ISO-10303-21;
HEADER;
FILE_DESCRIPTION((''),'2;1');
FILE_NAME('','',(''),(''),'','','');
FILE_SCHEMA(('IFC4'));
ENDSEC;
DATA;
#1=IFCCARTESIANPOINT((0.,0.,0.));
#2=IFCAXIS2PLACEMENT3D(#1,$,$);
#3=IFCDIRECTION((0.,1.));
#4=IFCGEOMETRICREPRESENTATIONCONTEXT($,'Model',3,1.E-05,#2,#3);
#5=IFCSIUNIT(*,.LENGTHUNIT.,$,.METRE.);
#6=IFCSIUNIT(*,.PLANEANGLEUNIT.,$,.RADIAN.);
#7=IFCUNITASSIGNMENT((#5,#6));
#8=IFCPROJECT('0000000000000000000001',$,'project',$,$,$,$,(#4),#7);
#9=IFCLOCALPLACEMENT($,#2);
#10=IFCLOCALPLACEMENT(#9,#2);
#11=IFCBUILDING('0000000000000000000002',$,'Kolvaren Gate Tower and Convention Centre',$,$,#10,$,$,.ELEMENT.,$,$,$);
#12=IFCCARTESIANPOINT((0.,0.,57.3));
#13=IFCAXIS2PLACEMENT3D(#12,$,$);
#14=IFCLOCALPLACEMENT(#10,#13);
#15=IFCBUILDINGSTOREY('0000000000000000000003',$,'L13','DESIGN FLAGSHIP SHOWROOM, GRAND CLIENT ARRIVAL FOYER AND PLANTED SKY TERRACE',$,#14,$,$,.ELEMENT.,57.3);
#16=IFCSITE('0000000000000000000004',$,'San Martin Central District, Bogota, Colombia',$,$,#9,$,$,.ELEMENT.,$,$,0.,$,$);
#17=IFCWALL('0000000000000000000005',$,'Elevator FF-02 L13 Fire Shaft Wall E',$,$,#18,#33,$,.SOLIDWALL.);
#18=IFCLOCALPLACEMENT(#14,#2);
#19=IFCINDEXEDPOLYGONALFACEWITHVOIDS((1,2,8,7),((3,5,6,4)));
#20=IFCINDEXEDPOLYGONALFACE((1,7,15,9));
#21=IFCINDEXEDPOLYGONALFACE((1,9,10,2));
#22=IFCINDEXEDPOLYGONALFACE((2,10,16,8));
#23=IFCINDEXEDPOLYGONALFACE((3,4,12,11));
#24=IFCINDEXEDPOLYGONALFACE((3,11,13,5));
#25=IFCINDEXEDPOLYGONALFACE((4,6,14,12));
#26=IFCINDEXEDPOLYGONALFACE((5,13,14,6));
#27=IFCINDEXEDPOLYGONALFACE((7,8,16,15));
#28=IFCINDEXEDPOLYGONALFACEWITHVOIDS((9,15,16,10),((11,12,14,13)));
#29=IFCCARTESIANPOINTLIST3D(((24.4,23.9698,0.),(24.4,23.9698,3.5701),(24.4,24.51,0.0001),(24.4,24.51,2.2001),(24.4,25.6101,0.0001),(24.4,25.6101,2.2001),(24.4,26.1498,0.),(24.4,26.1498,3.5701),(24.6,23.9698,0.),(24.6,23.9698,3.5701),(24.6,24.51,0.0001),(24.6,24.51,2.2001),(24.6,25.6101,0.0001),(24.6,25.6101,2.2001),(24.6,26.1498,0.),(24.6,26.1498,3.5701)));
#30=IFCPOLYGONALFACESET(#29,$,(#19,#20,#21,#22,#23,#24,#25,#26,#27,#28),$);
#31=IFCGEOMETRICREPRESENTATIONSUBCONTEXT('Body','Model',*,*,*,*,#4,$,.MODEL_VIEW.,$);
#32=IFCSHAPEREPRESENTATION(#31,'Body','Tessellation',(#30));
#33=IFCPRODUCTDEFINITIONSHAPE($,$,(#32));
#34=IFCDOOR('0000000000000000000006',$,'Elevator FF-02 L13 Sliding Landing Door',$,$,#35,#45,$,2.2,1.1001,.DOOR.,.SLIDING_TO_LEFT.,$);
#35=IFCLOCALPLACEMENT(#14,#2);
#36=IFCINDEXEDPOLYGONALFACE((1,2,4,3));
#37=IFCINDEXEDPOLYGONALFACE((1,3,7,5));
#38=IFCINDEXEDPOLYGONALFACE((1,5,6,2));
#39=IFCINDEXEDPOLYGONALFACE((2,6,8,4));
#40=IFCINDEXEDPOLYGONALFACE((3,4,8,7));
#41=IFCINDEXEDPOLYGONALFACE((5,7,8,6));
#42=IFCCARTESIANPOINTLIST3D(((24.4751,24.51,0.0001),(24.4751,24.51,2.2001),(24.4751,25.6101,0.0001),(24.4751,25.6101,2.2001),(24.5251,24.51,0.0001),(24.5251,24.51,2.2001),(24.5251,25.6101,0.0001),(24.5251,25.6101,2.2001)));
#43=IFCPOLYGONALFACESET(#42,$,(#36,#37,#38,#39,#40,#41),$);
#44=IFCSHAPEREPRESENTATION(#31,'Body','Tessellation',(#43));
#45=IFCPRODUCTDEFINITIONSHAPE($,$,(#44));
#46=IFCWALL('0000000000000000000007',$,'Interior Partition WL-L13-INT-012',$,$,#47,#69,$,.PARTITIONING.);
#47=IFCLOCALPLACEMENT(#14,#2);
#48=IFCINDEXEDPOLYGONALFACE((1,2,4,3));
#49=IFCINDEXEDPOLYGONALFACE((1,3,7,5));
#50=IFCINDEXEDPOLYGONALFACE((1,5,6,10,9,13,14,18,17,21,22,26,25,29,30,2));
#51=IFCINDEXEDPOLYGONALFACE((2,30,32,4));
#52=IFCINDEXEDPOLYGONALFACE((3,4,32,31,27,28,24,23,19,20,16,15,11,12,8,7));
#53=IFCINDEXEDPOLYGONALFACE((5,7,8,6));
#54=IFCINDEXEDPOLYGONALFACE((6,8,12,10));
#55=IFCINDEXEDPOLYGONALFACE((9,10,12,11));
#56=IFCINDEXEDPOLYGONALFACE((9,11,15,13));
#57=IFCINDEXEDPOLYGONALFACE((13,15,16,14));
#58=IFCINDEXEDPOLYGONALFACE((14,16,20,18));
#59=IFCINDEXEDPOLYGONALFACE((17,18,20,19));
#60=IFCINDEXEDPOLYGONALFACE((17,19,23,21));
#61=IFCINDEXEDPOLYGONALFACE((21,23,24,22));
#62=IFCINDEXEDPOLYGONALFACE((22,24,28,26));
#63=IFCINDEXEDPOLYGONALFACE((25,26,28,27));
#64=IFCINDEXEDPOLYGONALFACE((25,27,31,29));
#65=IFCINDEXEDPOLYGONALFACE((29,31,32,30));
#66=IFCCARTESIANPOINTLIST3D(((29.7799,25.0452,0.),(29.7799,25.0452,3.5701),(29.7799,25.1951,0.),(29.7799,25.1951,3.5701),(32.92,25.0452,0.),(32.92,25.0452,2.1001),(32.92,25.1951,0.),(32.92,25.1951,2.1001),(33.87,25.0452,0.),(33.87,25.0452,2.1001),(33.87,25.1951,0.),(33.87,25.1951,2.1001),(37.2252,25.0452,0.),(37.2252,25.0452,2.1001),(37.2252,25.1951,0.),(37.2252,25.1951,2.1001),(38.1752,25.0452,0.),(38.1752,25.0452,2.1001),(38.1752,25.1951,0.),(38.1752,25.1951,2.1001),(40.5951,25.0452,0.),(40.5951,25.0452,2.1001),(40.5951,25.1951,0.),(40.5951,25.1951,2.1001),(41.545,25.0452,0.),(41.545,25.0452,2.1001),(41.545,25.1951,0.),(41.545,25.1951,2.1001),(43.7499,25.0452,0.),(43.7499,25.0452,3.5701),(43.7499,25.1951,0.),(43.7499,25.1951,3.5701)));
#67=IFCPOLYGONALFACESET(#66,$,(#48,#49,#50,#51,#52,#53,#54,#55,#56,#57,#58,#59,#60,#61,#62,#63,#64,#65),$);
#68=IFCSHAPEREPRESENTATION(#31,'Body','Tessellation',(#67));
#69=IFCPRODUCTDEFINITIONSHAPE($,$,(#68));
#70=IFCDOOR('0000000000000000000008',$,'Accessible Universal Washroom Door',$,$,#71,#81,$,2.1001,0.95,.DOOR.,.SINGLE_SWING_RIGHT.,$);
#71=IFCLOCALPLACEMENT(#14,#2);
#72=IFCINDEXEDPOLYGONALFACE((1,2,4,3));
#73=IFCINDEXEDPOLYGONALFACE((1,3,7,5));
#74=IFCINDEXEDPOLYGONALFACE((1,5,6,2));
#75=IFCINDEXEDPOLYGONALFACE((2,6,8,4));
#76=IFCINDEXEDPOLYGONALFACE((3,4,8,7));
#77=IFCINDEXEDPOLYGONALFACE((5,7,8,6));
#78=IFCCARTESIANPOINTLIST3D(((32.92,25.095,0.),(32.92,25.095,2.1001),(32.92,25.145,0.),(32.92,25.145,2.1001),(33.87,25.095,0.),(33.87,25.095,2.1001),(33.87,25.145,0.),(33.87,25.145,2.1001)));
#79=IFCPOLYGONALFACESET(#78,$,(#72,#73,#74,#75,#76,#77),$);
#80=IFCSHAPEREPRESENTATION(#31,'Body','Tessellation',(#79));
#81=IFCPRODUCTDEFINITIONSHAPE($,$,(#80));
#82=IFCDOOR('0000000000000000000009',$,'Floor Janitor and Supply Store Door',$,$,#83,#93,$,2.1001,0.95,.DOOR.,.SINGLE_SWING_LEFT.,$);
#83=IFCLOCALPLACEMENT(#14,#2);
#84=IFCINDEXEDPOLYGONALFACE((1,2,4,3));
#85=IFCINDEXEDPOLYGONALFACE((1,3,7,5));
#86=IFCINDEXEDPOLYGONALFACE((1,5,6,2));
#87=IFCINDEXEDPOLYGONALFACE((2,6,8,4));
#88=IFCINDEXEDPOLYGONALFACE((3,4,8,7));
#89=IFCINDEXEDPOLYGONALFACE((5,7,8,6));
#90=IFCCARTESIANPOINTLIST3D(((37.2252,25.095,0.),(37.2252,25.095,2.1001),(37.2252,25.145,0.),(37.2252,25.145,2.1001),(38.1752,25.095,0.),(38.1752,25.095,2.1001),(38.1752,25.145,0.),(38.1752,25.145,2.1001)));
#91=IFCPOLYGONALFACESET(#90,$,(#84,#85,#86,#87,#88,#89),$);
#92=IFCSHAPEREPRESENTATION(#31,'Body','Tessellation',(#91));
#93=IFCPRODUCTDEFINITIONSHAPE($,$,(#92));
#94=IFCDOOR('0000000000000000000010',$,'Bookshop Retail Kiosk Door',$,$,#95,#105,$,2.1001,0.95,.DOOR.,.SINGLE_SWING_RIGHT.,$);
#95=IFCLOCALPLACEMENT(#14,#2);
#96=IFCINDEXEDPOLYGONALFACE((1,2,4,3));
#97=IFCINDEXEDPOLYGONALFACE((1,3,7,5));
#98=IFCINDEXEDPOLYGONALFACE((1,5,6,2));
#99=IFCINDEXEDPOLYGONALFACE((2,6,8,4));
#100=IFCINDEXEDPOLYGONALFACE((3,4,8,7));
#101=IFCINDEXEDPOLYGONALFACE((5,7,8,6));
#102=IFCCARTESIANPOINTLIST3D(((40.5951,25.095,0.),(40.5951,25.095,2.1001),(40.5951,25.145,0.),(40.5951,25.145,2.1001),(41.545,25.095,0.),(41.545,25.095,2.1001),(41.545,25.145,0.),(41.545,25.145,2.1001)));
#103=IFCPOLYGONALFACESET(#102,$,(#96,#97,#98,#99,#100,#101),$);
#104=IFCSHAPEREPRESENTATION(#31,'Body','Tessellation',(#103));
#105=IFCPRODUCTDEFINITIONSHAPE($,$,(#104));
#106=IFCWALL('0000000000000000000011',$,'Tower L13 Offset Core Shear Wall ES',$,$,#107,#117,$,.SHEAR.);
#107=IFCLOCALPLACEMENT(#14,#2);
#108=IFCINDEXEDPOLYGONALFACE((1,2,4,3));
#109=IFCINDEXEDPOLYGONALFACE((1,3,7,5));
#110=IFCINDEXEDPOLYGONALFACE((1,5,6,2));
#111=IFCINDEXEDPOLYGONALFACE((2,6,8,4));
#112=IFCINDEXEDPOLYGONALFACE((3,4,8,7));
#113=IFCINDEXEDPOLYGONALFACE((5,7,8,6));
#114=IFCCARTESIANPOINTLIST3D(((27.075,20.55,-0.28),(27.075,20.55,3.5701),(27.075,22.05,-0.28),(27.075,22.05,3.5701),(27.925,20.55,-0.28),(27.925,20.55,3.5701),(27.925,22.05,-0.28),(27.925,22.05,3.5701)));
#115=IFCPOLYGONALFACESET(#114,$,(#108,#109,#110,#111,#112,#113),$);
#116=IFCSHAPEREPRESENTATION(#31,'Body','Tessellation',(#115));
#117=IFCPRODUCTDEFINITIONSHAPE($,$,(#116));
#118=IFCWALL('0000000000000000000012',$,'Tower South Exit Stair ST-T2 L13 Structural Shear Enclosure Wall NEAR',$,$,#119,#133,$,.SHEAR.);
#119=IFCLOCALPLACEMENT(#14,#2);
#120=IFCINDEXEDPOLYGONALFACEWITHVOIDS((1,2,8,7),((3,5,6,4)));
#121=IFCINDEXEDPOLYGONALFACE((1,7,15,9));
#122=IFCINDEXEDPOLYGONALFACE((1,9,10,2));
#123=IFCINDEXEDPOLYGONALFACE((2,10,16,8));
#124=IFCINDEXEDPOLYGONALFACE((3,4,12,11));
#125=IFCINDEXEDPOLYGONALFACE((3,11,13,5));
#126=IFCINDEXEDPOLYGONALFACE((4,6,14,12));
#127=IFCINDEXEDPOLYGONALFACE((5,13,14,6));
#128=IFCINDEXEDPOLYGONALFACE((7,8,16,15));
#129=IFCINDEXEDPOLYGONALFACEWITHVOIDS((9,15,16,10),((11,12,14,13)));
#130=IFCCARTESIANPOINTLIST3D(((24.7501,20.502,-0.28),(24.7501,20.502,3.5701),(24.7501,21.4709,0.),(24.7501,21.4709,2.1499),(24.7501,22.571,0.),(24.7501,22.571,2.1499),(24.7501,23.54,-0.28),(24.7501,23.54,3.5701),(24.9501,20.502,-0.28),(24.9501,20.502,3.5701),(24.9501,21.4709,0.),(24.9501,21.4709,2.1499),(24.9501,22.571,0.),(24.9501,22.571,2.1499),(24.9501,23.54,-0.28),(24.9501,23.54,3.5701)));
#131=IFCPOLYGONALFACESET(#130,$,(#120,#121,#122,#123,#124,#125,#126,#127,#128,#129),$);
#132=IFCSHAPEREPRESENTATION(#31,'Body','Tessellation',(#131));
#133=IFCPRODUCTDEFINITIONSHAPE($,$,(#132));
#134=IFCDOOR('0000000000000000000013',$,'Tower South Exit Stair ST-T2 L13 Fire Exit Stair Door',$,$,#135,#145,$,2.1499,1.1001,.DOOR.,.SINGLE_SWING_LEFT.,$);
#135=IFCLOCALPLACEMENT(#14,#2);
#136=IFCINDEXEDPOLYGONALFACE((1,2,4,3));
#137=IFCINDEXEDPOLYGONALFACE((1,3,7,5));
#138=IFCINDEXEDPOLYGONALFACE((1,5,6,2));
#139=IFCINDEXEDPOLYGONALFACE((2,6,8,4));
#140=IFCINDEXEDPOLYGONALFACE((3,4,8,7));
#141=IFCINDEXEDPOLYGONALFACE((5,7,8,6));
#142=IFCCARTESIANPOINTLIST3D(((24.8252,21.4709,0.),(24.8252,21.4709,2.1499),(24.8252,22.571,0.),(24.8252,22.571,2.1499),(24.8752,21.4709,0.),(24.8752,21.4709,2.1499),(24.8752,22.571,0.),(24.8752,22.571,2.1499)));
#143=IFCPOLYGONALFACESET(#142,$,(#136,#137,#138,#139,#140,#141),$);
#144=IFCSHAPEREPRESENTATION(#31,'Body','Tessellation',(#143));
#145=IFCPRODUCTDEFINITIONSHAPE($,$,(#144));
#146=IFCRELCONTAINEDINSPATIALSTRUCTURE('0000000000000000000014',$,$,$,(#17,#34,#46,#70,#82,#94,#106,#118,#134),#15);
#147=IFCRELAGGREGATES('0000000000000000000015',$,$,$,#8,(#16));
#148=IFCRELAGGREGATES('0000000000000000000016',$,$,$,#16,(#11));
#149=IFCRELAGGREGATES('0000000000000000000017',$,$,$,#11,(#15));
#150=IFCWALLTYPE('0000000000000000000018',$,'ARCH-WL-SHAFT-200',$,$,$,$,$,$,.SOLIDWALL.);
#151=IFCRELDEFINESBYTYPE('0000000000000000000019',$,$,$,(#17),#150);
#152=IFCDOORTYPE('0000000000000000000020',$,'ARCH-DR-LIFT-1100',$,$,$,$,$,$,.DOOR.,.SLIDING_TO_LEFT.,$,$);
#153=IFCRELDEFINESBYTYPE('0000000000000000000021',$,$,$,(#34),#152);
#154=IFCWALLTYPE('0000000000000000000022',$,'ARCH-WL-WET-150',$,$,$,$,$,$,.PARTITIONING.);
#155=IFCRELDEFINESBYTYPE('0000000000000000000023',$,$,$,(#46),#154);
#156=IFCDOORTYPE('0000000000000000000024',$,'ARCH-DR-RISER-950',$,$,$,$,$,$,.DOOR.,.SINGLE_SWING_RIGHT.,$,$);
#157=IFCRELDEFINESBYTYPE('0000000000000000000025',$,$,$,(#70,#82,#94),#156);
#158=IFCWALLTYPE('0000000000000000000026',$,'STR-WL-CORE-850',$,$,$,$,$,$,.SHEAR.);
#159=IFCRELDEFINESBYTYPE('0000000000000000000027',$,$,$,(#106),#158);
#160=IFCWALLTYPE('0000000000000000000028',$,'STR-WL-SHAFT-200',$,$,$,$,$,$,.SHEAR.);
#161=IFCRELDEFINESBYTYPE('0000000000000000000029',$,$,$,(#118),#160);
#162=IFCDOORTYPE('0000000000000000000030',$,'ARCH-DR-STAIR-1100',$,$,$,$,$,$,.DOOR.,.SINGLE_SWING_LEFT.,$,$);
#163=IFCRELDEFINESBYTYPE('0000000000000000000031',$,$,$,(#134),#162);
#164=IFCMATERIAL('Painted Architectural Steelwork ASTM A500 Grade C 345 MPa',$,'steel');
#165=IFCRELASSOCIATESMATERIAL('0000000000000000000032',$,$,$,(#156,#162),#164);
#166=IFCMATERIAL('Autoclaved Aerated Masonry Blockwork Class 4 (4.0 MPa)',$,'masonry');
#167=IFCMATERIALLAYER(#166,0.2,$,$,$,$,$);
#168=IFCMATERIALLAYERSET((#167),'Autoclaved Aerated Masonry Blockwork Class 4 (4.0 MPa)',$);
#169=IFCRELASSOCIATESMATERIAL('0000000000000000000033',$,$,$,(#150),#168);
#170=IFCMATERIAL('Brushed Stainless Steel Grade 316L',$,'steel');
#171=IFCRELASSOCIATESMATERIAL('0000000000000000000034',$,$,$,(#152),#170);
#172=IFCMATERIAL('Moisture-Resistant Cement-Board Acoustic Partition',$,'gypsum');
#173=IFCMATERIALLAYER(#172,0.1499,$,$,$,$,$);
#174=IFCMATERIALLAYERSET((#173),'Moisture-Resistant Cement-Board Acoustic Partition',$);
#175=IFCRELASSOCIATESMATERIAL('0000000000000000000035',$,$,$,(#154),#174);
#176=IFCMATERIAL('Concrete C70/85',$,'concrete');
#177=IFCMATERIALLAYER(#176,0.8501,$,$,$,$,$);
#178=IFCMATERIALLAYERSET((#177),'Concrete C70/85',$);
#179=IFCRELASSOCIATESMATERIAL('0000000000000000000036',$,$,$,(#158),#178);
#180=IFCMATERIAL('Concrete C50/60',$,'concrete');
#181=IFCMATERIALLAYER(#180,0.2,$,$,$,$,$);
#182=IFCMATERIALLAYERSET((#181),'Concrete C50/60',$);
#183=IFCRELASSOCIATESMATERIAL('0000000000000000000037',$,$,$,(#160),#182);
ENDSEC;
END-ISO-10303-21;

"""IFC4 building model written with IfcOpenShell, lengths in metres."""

from ifc_helpers import new_model, si_unit, direction, frame, frame_2d, origin, place, context, subcontext, project, spatial, rectangle, extrude, material, layer, layer_set, type_object, element, fill, save


model = new_model("IFC4")

# Units and contexts
model_context = context("Model", 3, precision=1e-05, world=origin(), true_north=direction((0.0, 1.0)))
body_context = subcontext(model_context, "Body", "Model", "MODEL_VIEW")
ifc_project = project(units=[si_unit("LENGTHUNIT", "METRE"), si_unit("PLANEANGLEUNIT", "RADIAN")], contexts=[model_context])

# Site, building, storey
site_placement = place(None, origin())
site = spatial("IfcSite", under=ifc_project, at=site_placement, Name="San Martin Central District, Bogota, Colombia", CompositionType="ELEMENT", RefElevation=0.0)
building_placement = place(site_placement, origin())
building = spatial("IfcBuilding", under=site, at=building_placement, Name="Kolvaren Gate Tower and Convention Centre", CompositionType="ELEMENT")
storey_placement = place(building_placement, frame((0.0, 0.0, 57.3)))
storey = spatial("IfcBuildingStorey", under=building, at=storey_placement, Name="L13", Description="DESIGN FLAGSHIP SHOWROOM, GRAND CLIENT ARRIVAL FOYER AND PLANTED SKY TERRACE", CompositionType="ELEMENT", Elevation=57.3)

# Shared definitions
ifc_material_1 = material(Name="Autoclaved Aerated Masonry Blockwork Class 4 (4.0 MPa)", Category="masonry")

# Shared definitions
ifc_material_2 = material(Name="Painted Architectural Steelwork ASTM A500 Grade C 345 MPa", Category="steel")
door_type_1 = type_object("IfcDoorType", Name="ARCH-DR-RISER-950", OperationType="SINGLE_SWING_RIGHT", PredefinedType="DOOR", material=ifc_material_2)

# Shared definitions
ifc_layer_1 = layer(ifc_material_1, 0.2)
ifc_layer_set_1 = layer_set([ifc_layer_1], Name="Autoclaved Aerated Masonry Blockwork Class 4 (4.0 MPa)")
wall_type_1 = type_object("IfcWallType", Name="ARCH-WL-SHAFT-200", PredefinedType="SOLIDWALL", material=ifc_layer_set_1)

# Wall, opening, door
wall_1_placement = place(storey_placement, frame((24.5, 23.97, 0.0), z_axis=(0.0, 0.0, 1.0), x_axis=(0.0, 1.0, 0.0)))
wall_1 = element("IfcWall", 1, at=wall_1_placement, inside=storey, type_object=wall_type_1, Name="Elevator FF-02 L13 Fire Shaft Wall E", PredefinedType="SOLIDWALL", context=body_context, shape_type="SweptSolid", body=[
    extrude(rectangle(XDim=2.1799, YDim=0.2, at=frame_2d((1.0898, 0.0))), origin(), (0.0, 0.0, 1.0), 3.5701),
])
opening_1_placement = place(wall_1_placement, frame((0.54, 0.0, 0.0)))
opening_1 = element("IfcOpeningElement", 2, at=opening_1_placement, cuts=wall_1, PredefinedType="OPENING", context=body_context, shape_type="SweptSolid", body=[
    extrude(rectangle(XDim=1.1001, YDim=2.2, at=frame_2d((0.55, 1.1001))), frame((0.0, 0.1099, 0.0), z_axis=(0.0, -1.0, 0.0), x_axis=(1.0, 0.0, 0.0)), (0.0, 0.0, 1.0), 0.22),
])
ifc_material_3 = material(Name="Brushed Stainless Steel Grade 316L", Category="steel")
door_type_2 = type_object("IfcDoorType", Name="ARCH-DR-LIFT-1100", OperationType="SLIDING_TO_LEFT", PredefinedType="DOOR", material=ifc_material_3)
door_1_placement = place(opening_1_placement, origin())
door_1 = element("IfcDoor", 3, at=door_1_placement, inside=storey, type_object=door_type_2, Name="Elevator FF-02 L13 Sliding Landing Door", OperationType="SLIDING_TO_LEFT", OverallHeight=2.2, OverallWidth=1.1001, PredefinedType="DOOR", context=body_context, shape_type="SweptSolid", body=[
    extrude(rectangle(XDim=1.1001, YDim=2.2, at=frame_2d((0.55, 1.1001))), frame((0.0, 0.0249, 0.0), z_axis=(0.0, -1.0, 0.0), x_axis=(1.0, 0.0, 0.0)), (0.0, 0.0, 1.0), 0.05),
])
fill(opening_1, door_1)

# Wall, openings, doors
ifc_material_4 = material(Name="Moisture-Resistant Cement-Board Acoustic Partition", Category="gypsum")
ifc_layer_2 = layer(ifc_material_4, 0.1499)
ifc_layer_set_2 = layer_set([ifc_layer_2], Name="Moisture-Resistant Cement-Board Acoustic Partition")
wall_type_2 = type_object("IfcWallType", Name="ARCH-WL-WET-150", PredefinedType="PARTITIONING", material=ifc_layer_set_2)
wall_2_placement = place(storey_placement, frame((29.78, 25.1201, 0.0), z_axis=(0.0, 0.0, 1.0), x_axis=(1.0, 0.0, 0.0)))
wall_2 = element("IfcWall", 4, at=wall_2_placement, inside=storey, type_object=wall_type_2, Name="Interior Partition WL-L13-INT-012", PredefinedType="PARTITIONING", context=body_context, shape_type="SweptSolid", body=[
    extrude(rectangle(XDim=13.97, YDim=0.1499, at=frame_2d((6.9849, 0.0))), origin(), (0.0, 0.0, 1.0), 3.5701),
])
opening_2_placement = place(wall_2_placement, frame((3.1399, 0.0, 0.0)))
opening_2 = element("IfcOpeningElement", 5, at=opening_2_placement, cuts=wall_2, PredefinedType="OPENING", context=body_context, shape_type="SweptSolid", body=[
    extrude(rectangle(XDim=0.95, YDim=2.1001, at=frame_2d((0.4751, 1.05))), frame((0.0, 0.085, 0.0), z_axis=(0.0, -1.0, 0.0), x_axis=(1.0, 0.0, 0.0)), (0.0, 0.0, 1.0), 0.1699),
])
opening_3_placement = place(wall_2_placement, frame((7.4451, 0.0, 0.0)))
opening_3 = element("IfcOpeningElement", 6, at=opening_3_placement, cuts=wall_2, PredefinedType="OPENING", context=body_context, shape_type="SweptSolid", body=[
    extrude(rectangle(XDim=0.95, YDim=2.1001, at=frame_2d((0.4751, 1.05))), frame((0.0, 0.085, 0.0), z_axis=(0.0, -1.0, 0.0), x_axis=(1.0, 0.0, 0.0)), (0.0, 0.0, 1.0), 0.1699),
])
opening_4_placement = place(wall_2_placement, frame((10.8149, 0.0, 0.0)))
opening_4 = element("IfcOpeningElement", 7, at=opening_4_placement, cuts=wall_2, PredefinedType="OPENING", context=body_context, shape_type="SweptSolid", body=[
    extrude(rectangle(XDim=0.95, YDim=2.1001, at=frame_2d((0.4751, 1.05))), frame((0.0, 0.085, 0.0), z_axis=(0.0, -1.0, 0.0), x_axis=(1.0, 0.0, 0.0)), (0.0, 0.0, 1.0), 0.1699),
])
door_2_placement = place(opening_2_placement, origin())
door_2 = element("IfcDoor", 8, at=door_2_placement, inside=storey, type_object=door_type_1, Name="Accessible Universal Washroom Door", OperationType="SINGLE_SWING_RIGHT", OverallHeight=2.1001, OverallWidth=0.95, PredefinedType="DOOR", context=body_context, shape_type="SweptSolid", body=[
    extrude(rectangle(XDim=0.95, YDim=2.1001, at=frame_2d((0.4751, 1.05))), frame((0.0, 0.0249, 0.0), z_axis=(0.0, -1.0, 0.0), x_axis=(1.0, 0.0, 0.0)), (0.0, 0.0, 1.0), 0.05),
])
fill(opening_2, door_2)
door_3_placement = place(opening_3_placement, origin())
door_3 = element("IfcDoor", 9, at=door_3_placement, inside=storey, type_object=door_type_1, Name="Floor Janitor and Supply Store Door", OperationType="SINGLE_SWING_LEFT", OverallHeight=2.1001, OverallWidth=0.95, PredefinedType="DOOR", context=body_context, shape_type="SweptSolid", body=[
    extrude(rectangle(XDim=0.95, YDim=2.1001, at=frame_2d((0.4751, 1.05))), frame((0.0, 0.0249, 0.0), z_axis=(0.0, -1.0, 0.0), x_axis=(1.0, 0.0, 0.0)), (0.0, 0.0, 1.0), 0.05),
])
fill(opening_3, door_3)
door_4_placement = place(opening_4_placement, origin())
door_4 = element("IfcDoor", 10, at=door_4_placement, inside=storey, type_object=door_type_1, Name="Bookshop Retail Kiosk Door", OperationType="SINGLE_SWING_RIGHT", OverallHeight=2.1001, OverallWidth=0.95, PredefinedType="DOOR", context=body_context, shape_type="SweptSolid", body=[
    extrude(rectangle(XDim=0.95, YDim=2.1001, at=frame_2d((0.4751, 1.05))), frame((0.0, 0.0249, 0.0), z_axis=(0.0, -1.0, 0.0), x_axis=(1.0, 0.0, 0.0)), (0.0, 0.0, 1.0), 0.05),
])
fill(opening_4, door_4)

# Wall
ifc_material_5 = material(Name="Concrete C70/85", Category="concrete")
ifc_layer_3 = layer(ifc_material_5, 0.8501)
ifc_layer_set_3 = layer_set([ifc_layer_3], Name="Concrete C70/85")
wall_type_3 = type_object("IfcWallType", Name="STR-WL-CORE-850", PredefinedType="SHEAR", material=ifc_layer_set_3)
wall_3_placement = place(storey_placement, frame((27.5, 20.55, -0.28), z_axis=(0.0, 0.0, 1.0), x_axis=(0.0, 1.0, 0.0)))
element("IfcWall", 11, at=wall_3_placement, inside=storey, type_object=wall_type_3, Name="Tower L13 Offset Core Shear Wall ES", PredefinedType="SHEAR", context=body_context, shape_type="SweptSolid", body=[
    extrude(rectangle(XDim=1.5, YDim=0.8501, at=frame_2d((0.75, 0.0))), origin(), (0.0, 0.0, 1.0), 3.8501),
])

# Wall, opening, door
ifc_material_6 = material(Name="Concrete C50/60", Category="concrete")
ifc_layer_4 = layer(ifc_material_6, 0.2)
ifc_layer_set_4 = layer_set([ifc_layer_4], Name="Concrete C50/60")
wall_type_4 = type_object("IfcWallType", Name="STR-WL-SHAFT-200", PredefinedType="SHEAR", material=ifc_layer_set_4)
wall_4_placement = place(storey_placement, frame((24.8501, 20.502, -0.28), z_axis=(0.0, 0.0, 1.0), x_axis=(0.0, 1.0, 0.0)))
wall_4 = element("IfcWall", 12, at=wall_4_placement, inside=storey, type_object=wall_type_4, Name="Tower South Exit Stair ST-T2 L13 Structural Shear Enclosure Wall NEAR", PredefinedType="SHEAR", context=body_context, shape_type="SweptSolid", body=[
    extrude(rectangle(XDim=3.0381, YDim=0.2, at=frame_2d((1.519, 0.0))), origin(), (0.0, 0.0, 1.0), 3.8501),
])
opening_5_placement = place(wall_4_placement, frame((0.969, 0.0, 0.28)))
opening_5 = element("IfcOpeningElement", 13, at=opening_5_placement, cuts=wall_4, PredefinedType="OPENING", context=body_context, shape_type="SweptSolid", body=[
    extrude(rectangle(XDim=1.1001, YDim=2.1499, at=frame_2d((0.55, 1.075))), frame((0.0, 0.1099, 0.0), z_axis=(0.0, -1.0, 0.0), x_axis=(1.0, 0.0, 0.0)), (0.0, 0.0, 1.0), 0.22),
])
door_type_3 = type_object("IfcDoorType", Name="ARCH-DR-STAIR-1100", OperationType="SINGLE_SWING_LEFT", PredefinedType="DOOR", material=ifc_material_2)
door_5_placement = place(opening_5_placement, origin())
door_5 = element("IfcDoor", 14, at=door_5_placement, inside=storey, type_object=door_type_3, Name="Tower South Exit Stair ST-T2 L13 Fire Exit Stair Door", OperationType="SINGLE_SWING_LEFT", OverallHeight=2.1499, OverallWidth=1.1001, PredefinedType="DOOR", context=body_context, shape_type="SweptSolid", body=[
    extrude(rectangle(XDim=1.1001, YDim=2.1499, at=frame_2d((0.55, 1.075))), frame((0.0, 0.0249, 0.0), z_axis=(0.0, -1.0, 0.0), x_axis=(1.0, 0.0, 0.0)), (0.0, 0.0, 1.0), 0.05),
])
fill(opening_5, door_5)

save(model, "model.ifc")
